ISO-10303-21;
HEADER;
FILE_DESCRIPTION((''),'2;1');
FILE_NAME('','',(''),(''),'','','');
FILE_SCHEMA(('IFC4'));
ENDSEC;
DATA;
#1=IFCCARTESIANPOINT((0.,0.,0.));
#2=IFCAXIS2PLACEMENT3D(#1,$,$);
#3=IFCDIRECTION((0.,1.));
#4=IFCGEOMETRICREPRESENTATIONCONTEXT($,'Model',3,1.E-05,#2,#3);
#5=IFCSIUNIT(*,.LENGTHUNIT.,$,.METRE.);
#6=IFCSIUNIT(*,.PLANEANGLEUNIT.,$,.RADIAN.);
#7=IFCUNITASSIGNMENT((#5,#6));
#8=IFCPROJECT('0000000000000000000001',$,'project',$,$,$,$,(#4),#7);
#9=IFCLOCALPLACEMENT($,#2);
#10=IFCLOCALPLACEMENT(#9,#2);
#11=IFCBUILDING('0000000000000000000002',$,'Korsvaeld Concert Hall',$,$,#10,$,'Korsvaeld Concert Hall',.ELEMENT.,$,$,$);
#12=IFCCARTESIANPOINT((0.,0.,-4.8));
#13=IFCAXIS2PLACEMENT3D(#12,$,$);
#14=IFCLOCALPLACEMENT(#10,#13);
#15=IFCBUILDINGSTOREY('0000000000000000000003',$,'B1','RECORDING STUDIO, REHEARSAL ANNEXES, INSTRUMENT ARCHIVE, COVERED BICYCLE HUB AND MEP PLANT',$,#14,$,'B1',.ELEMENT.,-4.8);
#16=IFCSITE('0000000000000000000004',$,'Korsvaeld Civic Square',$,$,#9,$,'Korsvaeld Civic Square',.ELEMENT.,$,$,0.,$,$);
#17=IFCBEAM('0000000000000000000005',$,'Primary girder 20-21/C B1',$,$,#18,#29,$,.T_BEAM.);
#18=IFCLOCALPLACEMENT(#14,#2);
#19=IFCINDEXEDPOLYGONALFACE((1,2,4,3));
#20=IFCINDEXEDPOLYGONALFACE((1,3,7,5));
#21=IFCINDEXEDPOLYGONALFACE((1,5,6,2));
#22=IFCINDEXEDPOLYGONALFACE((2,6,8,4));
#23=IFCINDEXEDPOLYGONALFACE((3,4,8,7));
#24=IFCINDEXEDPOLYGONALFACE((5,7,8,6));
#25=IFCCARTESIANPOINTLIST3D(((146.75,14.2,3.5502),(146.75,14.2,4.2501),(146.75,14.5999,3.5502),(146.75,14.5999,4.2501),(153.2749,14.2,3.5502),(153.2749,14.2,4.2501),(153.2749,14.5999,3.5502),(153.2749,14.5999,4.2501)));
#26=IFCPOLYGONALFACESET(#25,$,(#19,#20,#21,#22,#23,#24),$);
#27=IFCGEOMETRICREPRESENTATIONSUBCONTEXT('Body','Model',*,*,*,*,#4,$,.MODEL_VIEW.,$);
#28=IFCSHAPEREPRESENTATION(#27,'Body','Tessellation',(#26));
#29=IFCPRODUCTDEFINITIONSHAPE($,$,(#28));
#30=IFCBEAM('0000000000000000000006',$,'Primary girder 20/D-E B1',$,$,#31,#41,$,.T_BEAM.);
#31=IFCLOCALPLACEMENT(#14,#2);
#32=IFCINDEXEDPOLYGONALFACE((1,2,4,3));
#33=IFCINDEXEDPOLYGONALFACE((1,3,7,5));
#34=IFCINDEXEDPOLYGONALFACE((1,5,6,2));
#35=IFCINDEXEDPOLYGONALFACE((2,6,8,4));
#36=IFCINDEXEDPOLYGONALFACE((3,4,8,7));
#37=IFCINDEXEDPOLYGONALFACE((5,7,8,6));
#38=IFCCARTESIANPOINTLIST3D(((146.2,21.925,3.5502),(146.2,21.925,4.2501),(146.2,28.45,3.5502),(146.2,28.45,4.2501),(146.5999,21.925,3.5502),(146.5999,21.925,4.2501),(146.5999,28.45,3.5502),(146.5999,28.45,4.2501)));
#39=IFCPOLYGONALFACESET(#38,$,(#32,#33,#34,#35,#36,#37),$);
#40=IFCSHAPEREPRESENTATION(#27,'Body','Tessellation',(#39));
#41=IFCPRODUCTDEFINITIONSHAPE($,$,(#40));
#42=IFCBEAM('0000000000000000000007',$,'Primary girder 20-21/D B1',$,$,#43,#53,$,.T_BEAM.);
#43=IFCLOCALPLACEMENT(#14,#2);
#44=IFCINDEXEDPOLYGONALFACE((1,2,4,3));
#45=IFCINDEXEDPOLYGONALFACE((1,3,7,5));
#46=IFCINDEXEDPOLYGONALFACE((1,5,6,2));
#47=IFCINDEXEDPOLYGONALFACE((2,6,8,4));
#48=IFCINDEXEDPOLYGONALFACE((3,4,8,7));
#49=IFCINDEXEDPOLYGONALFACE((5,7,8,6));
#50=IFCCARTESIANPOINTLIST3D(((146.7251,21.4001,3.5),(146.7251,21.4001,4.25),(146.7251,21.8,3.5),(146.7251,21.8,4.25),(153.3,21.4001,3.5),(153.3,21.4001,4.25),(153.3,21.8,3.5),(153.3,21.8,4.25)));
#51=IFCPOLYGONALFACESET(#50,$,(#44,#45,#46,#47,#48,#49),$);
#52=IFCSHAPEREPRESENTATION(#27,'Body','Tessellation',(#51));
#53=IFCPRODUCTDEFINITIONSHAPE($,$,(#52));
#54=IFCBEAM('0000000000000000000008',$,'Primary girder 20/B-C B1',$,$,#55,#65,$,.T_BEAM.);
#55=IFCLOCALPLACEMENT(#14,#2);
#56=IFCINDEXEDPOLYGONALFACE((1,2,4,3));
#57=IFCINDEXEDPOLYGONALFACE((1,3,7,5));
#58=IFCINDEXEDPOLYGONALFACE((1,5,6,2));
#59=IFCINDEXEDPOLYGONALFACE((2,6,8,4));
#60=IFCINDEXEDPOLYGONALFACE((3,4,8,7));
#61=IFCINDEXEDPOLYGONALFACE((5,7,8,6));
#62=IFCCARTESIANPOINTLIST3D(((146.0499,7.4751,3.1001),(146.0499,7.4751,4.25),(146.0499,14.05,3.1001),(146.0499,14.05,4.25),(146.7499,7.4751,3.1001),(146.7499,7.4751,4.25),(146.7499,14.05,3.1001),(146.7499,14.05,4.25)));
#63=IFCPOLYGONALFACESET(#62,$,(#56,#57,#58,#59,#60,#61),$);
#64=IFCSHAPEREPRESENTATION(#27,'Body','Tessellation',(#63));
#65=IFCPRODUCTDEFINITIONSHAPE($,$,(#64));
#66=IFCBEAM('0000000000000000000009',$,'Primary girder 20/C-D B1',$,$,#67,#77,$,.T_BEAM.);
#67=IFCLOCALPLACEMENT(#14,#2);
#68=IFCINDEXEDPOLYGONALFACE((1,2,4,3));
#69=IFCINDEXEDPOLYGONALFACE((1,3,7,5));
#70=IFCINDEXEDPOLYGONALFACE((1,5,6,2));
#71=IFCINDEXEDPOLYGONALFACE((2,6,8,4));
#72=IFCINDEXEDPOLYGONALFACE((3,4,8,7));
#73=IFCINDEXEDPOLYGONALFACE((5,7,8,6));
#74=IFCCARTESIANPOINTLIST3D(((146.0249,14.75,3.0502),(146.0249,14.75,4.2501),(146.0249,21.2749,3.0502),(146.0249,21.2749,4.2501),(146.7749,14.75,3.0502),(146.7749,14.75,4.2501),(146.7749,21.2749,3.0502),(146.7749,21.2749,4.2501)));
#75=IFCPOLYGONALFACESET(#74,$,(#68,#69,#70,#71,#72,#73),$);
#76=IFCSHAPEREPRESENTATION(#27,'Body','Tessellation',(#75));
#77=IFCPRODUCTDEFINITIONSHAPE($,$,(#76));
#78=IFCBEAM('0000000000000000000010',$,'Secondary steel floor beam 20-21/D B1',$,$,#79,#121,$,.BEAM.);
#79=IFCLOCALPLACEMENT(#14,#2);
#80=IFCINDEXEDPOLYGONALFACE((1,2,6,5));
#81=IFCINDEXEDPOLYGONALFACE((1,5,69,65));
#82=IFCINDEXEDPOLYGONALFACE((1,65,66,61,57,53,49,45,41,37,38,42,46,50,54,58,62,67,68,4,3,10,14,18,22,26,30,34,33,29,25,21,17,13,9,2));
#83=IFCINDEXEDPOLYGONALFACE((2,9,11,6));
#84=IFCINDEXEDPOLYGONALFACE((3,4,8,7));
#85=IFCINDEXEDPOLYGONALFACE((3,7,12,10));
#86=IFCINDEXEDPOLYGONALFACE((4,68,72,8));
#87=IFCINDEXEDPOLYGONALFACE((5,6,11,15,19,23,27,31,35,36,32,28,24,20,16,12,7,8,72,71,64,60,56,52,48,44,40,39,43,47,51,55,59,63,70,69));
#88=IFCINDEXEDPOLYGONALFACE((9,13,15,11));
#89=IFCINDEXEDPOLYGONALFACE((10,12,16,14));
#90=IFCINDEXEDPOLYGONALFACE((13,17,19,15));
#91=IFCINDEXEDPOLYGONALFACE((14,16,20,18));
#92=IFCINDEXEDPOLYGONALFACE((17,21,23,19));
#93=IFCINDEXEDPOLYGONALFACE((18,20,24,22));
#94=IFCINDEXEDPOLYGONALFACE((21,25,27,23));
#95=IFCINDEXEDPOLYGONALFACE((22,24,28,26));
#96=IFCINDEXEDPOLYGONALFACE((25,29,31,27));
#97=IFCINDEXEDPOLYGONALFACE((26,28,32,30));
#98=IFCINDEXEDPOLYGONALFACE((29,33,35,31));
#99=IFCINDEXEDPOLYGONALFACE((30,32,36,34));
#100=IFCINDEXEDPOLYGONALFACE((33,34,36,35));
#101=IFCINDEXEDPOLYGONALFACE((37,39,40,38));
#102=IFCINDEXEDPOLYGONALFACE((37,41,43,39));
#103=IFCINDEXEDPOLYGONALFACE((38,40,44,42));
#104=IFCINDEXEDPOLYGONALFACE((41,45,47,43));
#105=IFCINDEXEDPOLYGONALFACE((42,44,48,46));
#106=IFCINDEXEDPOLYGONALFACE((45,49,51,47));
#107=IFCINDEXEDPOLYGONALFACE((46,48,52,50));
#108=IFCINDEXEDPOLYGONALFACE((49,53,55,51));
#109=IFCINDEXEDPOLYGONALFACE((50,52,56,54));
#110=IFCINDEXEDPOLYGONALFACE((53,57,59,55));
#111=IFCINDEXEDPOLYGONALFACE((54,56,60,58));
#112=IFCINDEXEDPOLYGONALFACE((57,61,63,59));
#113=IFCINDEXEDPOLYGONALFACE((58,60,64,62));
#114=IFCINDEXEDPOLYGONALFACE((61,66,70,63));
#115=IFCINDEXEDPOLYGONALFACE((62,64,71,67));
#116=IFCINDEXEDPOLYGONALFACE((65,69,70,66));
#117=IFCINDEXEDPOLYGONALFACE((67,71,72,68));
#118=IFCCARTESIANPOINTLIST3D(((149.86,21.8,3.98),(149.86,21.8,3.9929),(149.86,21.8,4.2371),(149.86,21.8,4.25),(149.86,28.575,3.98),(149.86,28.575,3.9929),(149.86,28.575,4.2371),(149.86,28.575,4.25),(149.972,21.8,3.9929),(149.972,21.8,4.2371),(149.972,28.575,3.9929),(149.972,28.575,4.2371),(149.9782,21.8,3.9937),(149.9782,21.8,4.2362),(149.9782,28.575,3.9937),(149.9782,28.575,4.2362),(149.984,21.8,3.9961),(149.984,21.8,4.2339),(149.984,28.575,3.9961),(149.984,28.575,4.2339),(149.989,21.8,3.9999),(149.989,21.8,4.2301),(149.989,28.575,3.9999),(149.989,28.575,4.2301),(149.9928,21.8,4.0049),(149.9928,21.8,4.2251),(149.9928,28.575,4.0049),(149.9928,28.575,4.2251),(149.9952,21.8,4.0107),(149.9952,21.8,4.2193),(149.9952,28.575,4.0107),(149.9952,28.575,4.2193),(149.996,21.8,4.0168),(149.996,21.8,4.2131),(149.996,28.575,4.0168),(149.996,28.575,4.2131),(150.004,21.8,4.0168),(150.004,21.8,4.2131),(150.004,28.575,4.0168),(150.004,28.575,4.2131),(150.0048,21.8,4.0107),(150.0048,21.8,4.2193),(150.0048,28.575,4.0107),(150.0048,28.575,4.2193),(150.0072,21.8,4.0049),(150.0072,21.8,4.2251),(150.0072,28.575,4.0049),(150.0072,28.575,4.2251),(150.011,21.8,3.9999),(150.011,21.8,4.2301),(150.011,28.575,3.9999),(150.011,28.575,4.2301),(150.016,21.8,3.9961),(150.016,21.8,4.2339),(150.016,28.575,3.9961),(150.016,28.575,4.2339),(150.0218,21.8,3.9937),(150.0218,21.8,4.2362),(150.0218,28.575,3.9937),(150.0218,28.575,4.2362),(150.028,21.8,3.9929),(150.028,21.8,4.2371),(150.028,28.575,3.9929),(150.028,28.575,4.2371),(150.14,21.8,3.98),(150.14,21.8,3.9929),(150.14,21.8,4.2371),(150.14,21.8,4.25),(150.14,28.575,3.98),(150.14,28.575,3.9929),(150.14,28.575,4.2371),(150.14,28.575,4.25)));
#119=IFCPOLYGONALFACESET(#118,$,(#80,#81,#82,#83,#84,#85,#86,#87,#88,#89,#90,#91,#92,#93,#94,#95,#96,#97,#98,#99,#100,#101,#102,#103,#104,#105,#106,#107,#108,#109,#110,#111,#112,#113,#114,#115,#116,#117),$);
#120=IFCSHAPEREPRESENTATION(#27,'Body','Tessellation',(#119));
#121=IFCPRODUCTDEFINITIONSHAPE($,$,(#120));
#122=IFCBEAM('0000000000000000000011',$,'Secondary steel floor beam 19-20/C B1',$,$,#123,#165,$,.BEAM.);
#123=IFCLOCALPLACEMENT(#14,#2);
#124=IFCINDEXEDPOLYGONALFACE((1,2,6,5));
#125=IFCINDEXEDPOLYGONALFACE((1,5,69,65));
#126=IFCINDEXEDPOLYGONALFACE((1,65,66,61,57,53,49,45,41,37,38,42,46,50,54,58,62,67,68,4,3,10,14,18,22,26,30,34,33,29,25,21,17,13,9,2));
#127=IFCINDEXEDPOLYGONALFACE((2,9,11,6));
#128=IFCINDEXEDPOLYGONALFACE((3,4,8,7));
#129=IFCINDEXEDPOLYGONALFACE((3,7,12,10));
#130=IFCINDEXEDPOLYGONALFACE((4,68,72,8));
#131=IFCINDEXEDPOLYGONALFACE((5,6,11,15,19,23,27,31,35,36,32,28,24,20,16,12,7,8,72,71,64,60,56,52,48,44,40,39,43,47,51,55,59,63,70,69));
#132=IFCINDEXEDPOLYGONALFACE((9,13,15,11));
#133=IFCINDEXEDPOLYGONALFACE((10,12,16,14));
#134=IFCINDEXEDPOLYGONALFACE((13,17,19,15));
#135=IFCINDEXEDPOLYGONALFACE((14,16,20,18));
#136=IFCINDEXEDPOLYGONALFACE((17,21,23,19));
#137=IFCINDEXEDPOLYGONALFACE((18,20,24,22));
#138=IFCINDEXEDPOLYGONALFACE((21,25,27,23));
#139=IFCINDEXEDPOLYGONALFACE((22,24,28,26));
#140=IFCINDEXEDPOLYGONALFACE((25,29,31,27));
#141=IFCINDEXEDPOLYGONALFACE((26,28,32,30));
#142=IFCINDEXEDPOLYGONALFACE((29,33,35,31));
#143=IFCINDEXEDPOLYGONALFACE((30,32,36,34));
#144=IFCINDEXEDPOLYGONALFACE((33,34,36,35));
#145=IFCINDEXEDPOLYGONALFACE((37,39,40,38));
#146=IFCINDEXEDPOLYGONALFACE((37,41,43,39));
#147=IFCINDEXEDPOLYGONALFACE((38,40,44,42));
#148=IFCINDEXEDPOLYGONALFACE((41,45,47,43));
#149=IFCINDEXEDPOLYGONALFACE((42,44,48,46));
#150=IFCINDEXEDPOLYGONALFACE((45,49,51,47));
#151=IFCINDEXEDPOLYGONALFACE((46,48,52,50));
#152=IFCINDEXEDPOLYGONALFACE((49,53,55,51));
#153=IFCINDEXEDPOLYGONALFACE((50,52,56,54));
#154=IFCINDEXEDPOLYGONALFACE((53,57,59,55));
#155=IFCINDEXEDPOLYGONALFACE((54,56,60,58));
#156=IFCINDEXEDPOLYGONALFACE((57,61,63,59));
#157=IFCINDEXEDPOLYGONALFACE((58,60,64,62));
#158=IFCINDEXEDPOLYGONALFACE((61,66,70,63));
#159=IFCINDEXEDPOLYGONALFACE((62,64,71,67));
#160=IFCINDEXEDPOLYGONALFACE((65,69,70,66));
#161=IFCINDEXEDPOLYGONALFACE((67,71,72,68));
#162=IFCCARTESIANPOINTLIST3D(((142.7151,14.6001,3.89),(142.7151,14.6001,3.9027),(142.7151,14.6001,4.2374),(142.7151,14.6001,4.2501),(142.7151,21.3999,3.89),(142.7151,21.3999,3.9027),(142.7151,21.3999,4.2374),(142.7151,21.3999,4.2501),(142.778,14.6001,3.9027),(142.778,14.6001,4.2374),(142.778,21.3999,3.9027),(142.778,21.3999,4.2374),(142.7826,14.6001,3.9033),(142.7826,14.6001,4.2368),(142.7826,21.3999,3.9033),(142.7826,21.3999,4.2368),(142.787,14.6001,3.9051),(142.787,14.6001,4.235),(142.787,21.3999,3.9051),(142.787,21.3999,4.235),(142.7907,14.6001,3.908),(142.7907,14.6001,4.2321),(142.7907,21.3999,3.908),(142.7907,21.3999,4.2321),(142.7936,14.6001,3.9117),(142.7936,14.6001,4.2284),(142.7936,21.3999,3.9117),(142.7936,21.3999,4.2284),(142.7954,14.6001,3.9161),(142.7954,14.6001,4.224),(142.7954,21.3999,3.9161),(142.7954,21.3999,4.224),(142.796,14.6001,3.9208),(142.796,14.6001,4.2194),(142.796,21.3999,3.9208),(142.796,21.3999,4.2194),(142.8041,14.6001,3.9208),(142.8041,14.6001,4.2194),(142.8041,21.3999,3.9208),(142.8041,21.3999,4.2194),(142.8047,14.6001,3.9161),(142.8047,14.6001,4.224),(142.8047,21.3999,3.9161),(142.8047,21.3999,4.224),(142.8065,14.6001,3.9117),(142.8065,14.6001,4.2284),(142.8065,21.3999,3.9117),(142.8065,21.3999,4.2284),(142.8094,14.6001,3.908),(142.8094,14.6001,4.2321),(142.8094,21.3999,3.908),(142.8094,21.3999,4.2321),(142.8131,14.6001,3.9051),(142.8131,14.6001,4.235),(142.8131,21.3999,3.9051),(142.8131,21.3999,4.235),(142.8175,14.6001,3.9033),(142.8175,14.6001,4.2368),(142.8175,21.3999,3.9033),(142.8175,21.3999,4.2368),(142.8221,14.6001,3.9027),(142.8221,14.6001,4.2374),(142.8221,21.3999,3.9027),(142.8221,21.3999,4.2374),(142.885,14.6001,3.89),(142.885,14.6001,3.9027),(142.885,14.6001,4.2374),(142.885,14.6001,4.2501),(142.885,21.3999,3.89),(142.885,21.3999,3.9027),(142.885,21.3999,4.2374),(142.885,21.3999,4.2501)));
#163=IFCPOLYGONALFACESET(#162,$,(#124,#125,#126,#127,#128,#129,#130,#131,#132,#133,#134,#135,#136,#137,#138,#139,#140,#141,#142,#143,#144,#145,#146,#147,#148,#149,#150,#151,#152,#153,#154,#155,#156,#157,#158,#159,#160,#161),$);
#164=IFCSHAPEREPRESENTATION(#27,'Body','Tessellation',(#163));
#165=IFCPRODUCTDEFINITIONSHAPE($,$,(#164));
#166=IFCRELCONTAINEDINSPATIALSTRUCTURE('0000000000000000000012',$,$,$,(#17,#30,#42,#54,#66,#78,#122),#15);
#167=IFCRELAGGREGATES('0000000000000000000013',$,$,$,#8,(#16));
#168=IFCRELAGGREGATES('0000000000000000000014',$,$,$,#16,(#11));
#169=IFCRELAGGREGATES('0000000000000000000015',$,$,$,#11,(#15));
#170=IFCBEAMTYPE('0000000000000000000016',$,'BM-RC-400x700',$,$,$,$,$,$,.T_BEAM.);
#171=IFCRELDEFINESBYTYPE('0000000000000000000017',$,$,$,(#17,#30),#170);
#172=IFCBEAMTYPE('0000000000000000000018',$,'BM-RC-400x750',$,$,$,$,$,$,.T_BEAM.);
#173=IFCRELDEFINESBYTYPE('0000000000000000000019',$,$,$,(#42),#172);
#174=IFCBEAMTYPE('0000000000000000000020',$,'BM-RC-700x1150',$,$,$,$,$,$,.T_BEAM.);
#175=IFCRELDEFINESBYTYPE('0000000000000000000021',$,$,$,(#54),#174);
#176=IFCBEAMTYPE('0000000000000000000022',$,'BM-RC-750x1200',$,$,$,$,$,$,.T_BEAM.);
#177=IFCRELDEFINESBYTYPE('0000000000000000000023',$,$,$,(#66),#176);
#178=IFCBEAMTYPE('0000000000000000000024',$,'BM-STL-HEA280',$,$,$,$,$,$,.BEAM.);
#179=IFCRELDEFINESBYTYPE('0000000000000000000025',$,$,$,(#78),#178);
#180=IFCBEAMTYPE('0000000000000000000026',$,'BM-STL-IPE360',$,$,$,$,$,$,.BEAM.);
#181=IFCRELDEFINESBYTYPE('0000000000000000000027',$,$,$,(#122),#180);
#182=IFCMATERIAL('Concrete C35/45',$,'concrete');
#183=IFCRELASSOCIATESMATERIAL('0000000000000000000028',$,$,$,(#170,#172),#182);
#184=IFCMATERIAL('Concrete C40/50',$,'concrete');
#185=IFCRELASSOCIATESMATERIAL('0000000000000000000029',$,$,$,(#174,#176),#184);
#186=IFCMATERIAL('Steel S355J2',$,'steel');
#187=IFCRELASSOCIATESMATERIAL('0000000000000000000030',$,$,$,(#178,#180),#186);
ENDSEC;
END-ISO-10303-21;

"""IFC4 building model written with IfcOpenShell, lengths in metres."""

from ifc_helpers import new_model, si_unit, direction, frame, origin, origin_2d, place, context, subcontext, project, spatial, rectangle, i_section, extrude, material, material_profile, profile_set, type_object, element, save


model = new_model("IFC4")

# Units and contexts
model_context = context("Model", 3, precision=1e-05, world=origin(), true_north=direction((0.0, 1.0)))
body_context = subcontext(model_context, "Body", "Model", "MODEL_VIEW")
ifc_project = project(units=[si_unit("LENGTHUNIT", "METRE"), si_unit("PLANEANGLEUNIT", "RADIAN")], contexts=[model_context])

# Site, building, storey
site_placement = place(None, origin())
site = spatial("IfcSite", under=ifc_project, at=site_placement, Name="Korsvaeld Civic Square", LongName="Korsvaeld Civic Square", CompositionType="ELEMENT", RefElevation=0.0)
building_placement = place(site_placement, origin())
building = spatial("IfcBuilding", under=site, at=building_placement, Name="Korsvaeld Concert Hall", LongName="Korsvaeld Concert Hall", CompositionType="ELEMENT")
storey_placement = place(building_placement, frame((0.0, 0.0, -4.8)))
storey = spatial("IfcBuildingStorey", under=building, at=storey_placement, Name="B1", Description="RECORDING STUDIO, REHEARSAL ANNEXES, INSTRUMENT ARCHIVE, COVERED BICYCLE HUB AND MEP PLANT", LongName="B1", CompositionType="ELEMENT", Elevation=-4.8)

# Shared definitions
ifc_material_1 = material(Name="Concrete C35/45", Category="concrete")

# Shared definitions
ifc_material_2 = material(Name="Concrete C40/50", Category="concrete")

# Beams
ifc_material_profile_1 = material_profile(ifc_material_1, rectangle(XDim=0.3999, YDim=0.7, at=origin_2d()), Name="RC 400x700")
ifc_profile_set_1 = profile_set([ifc_material_profile_1], Name="Concrete C35/45")
beam_type_1 = type_object("IfcBeamType", Name="BM-RC-400x700", PredefinedType="T_BEAM", material=ifc_profile_set_1)
for number, where, z_axis, x_axis, name in (
    (1, (146.75, 14.3999, 3.9001), (1.0, 0.0, 0.0), (0.0, 1.0, 0.0), "Primary girder 20-21/C B1"),
    (2, (146.3999, 21.925, 3.9001), (0.0, 1.0, 0.0), (-1.0, 0.0, 0.0), "Primary girder 20/D-E B1"),
):
    element("IfcBeam", number, at=place(storey_placement, frame(where, z_axis=z_axis, x_axis=x_axis)), inside=storey, type_object=beam_type_1, Name=name, PredefinedType="T_BEAM", context=body_context, shape_type="SweptSolid", body=[
        extrude(rectangle(XDim=0.3999, YDim=0.7, at=origin_2d()), origin(), (0.0, 0.0, 1.0), 6.5249),
    ])
ifc_material_profile_2 = material_profile(ifc_material_1, rectangle(XDim=0.3999, YDim=0.75, at=origin_2d()), Name="RC 400x750")
ifc_profile_set_2 = profile_set([ifc_material_profile_2], Name="Concrete C35/45")
beam_type_2 = type_object("IfcBeamType", Name="BM-RC-400x750", PredefinedType="T_BEAM", material=ifc_profile_set_2)
beam_1_placement = place(storey_placement, frame((146.7251, 21.6001, 3.875), z_axis=(1.0, 0.0, 0.0), x_axis=(0.0, 1.0, 0.0)))
element("IfcBeam", 3, at=beam_1_placement, inside=storey, type_object=beam_type_2, Name="Primary girder 20-21/D B1", PredefinedType="T_BEAM", context=body_context, shape_type="SweptSolid", body=[
    extrude(rectangle(XDim=0.3999, YDim=0.75, at=origin_2d()), origin(), (0.0, 0.0, 1.0), 6.575),
])
ifc_material_profile_3 = material_profile(ifc_material_2, rectangle(XDim=0.7, YDim=1.1499, at=origin_2d()), Name="RC 700x1150")
ifc_profile_set_3 = profile_set([ifc_material_profile_3], Name="Concrete C40/50")
beam_type_3 = type_object("IfcBeamType", Name="BM-RC-700x1150", PredefinedType="T_BEAM", material=ifc_profile_set_3)
beam_2_placement = place(storey_placement, frame((146.3999, 7.4751, 3.675), z_axis=(0.0, 1.0, 0.0), x_axis=(-1.0, 0.0, 0.0)))
element("IfcBeam", 4, at=beam_2_placement, inside=storey, type_object=beam_type_3, Name="Primary girder 20/B-C B1", PredefinedType="T_BEAM", context=body_context, shape_type="SweptSolid", body=[
    extrude(rectangle(XDim=0.7, YDim=1.1499, at=origin_2d()), origin(), (0.0, 0.0, 1.0), 6.575),
])
ifc_material_profile_4 = material_profile(ifc_material_2, rectangle(XDim=0.75, YDim=1.2, at=origin_2d()), Name="RC 750x1200")
ifc_profile_set_4 = profile_set([ifc_material_profile_4], Name="Concrete C40/50")
beam_type_4 = type_object("IfcBeamType", Name="BM-RC-750x1200", PredefinedType="T_BEAM", material=ifc_profile_set_4)
beam_3_placement = place(storey_placement, frame((146.3999, 14.75, 3.6501), z_axis=(0.0, 1.0, 0.0), x_axis=(-1.0, 0.0, 0.0)))
element("IfcBeam", 5, at=beam_3_placement, inside=storey, type_object=beam_type_4, Name="Primary girder 20/C-D B1", PredefinedType="T_BEAM", context=body_context, shape_type="SweptSolid", body=[
    extrude(rectangle(XDim=0.75, YDim=1.2, at=origin_2d()), origin(), (0.0, 0.0, 1.0), 6.5249),
])
ifc_material_3 = material(Name="Steel S355J2", Category="steel")
ifc_material_profile_5 = material_profile(ifc_material_3, i_section(OverallWidth=0.28, OverallDepth=0.27, WebThickness=0.0081, FlangeThickness=0.0129, FilletRadius=0.0239, at=origin_2d()), Name="HEA 280")
ifc_profile_set_5 = profile_set([ifc_material_profile_5], Name="Steel S355J2")
beam_type_5 = type_object("IfcBeamType", Name="BM-STL-HEA280", PredefinedType="BEAM", material=ifc_profile_set_5)
beam_4_placement = place(storey_placement, frame((150.0, 21.8, 4.115), z_axis=(0.0, 1.0, 0.0), x_axis=(-1.0, 0.0, 0.0)))
element("IfcBeam", 6, at=beam_4_placement, inside=storey, type_object=beam_type_5, Name="Secondary steel floor beam 20-21/D B1", PredefinedType="BEAM", context=body_context, shape_type="SweptSolid", body=[
    extrude(i_section(OverallWidth=0.28, OverallDepth=0.27, WebThickness=0.0081, FlangeThickness=0.0129, FilletRadius=0.0239, at=origin_2d()), origin(), (0.0, 0.0, 1.0), 6.7749),
])
ifc_material_profile_6 = material_profile(ifc_material_3, i_section(OverallWidth=0.1699, OverallDepth=0.3601, WebThickness=0.0081, FlangeThickness=0.0127, FilletRadius=0.0181, at=origin_2d()), Name="IPE 360")
ifc_profile_set_6 = profile_set([ifc_material_profile_6], Name="Steel S355J2")
beam_type_6 = type_object("IfcBeamType", Name="BM-STL-IPE360", PredefinedType="BEAM", material=ifc_profile_set_6)
beam_5_placement = place(storey_placement, frame((142.8, 14.6001, 4.0701), z_axis=(0.0, 1.0, 0.0), x_axis=(-1.0, 0.0, 0.0)))
element("IfcBeam", 7, at=beam_5_placement, inside=storey, type_object=beam_type_6, Name="Secondary steel floor beam 19-20/C B1", PredefinedType="BEAM", context=body_context, shape_type="SweptSolid", body=[
    extrude(i_section(OverallWidth=0.1699, OverallDepth=0.3601, WebThickness=0.0081, FlangeThickness=0.0127, FilletRadius=0.0181, at=origin_2d()), origin(), (0.0, 0.0, 1.0), 6.7998),
])

save(model, "model.ifc")
